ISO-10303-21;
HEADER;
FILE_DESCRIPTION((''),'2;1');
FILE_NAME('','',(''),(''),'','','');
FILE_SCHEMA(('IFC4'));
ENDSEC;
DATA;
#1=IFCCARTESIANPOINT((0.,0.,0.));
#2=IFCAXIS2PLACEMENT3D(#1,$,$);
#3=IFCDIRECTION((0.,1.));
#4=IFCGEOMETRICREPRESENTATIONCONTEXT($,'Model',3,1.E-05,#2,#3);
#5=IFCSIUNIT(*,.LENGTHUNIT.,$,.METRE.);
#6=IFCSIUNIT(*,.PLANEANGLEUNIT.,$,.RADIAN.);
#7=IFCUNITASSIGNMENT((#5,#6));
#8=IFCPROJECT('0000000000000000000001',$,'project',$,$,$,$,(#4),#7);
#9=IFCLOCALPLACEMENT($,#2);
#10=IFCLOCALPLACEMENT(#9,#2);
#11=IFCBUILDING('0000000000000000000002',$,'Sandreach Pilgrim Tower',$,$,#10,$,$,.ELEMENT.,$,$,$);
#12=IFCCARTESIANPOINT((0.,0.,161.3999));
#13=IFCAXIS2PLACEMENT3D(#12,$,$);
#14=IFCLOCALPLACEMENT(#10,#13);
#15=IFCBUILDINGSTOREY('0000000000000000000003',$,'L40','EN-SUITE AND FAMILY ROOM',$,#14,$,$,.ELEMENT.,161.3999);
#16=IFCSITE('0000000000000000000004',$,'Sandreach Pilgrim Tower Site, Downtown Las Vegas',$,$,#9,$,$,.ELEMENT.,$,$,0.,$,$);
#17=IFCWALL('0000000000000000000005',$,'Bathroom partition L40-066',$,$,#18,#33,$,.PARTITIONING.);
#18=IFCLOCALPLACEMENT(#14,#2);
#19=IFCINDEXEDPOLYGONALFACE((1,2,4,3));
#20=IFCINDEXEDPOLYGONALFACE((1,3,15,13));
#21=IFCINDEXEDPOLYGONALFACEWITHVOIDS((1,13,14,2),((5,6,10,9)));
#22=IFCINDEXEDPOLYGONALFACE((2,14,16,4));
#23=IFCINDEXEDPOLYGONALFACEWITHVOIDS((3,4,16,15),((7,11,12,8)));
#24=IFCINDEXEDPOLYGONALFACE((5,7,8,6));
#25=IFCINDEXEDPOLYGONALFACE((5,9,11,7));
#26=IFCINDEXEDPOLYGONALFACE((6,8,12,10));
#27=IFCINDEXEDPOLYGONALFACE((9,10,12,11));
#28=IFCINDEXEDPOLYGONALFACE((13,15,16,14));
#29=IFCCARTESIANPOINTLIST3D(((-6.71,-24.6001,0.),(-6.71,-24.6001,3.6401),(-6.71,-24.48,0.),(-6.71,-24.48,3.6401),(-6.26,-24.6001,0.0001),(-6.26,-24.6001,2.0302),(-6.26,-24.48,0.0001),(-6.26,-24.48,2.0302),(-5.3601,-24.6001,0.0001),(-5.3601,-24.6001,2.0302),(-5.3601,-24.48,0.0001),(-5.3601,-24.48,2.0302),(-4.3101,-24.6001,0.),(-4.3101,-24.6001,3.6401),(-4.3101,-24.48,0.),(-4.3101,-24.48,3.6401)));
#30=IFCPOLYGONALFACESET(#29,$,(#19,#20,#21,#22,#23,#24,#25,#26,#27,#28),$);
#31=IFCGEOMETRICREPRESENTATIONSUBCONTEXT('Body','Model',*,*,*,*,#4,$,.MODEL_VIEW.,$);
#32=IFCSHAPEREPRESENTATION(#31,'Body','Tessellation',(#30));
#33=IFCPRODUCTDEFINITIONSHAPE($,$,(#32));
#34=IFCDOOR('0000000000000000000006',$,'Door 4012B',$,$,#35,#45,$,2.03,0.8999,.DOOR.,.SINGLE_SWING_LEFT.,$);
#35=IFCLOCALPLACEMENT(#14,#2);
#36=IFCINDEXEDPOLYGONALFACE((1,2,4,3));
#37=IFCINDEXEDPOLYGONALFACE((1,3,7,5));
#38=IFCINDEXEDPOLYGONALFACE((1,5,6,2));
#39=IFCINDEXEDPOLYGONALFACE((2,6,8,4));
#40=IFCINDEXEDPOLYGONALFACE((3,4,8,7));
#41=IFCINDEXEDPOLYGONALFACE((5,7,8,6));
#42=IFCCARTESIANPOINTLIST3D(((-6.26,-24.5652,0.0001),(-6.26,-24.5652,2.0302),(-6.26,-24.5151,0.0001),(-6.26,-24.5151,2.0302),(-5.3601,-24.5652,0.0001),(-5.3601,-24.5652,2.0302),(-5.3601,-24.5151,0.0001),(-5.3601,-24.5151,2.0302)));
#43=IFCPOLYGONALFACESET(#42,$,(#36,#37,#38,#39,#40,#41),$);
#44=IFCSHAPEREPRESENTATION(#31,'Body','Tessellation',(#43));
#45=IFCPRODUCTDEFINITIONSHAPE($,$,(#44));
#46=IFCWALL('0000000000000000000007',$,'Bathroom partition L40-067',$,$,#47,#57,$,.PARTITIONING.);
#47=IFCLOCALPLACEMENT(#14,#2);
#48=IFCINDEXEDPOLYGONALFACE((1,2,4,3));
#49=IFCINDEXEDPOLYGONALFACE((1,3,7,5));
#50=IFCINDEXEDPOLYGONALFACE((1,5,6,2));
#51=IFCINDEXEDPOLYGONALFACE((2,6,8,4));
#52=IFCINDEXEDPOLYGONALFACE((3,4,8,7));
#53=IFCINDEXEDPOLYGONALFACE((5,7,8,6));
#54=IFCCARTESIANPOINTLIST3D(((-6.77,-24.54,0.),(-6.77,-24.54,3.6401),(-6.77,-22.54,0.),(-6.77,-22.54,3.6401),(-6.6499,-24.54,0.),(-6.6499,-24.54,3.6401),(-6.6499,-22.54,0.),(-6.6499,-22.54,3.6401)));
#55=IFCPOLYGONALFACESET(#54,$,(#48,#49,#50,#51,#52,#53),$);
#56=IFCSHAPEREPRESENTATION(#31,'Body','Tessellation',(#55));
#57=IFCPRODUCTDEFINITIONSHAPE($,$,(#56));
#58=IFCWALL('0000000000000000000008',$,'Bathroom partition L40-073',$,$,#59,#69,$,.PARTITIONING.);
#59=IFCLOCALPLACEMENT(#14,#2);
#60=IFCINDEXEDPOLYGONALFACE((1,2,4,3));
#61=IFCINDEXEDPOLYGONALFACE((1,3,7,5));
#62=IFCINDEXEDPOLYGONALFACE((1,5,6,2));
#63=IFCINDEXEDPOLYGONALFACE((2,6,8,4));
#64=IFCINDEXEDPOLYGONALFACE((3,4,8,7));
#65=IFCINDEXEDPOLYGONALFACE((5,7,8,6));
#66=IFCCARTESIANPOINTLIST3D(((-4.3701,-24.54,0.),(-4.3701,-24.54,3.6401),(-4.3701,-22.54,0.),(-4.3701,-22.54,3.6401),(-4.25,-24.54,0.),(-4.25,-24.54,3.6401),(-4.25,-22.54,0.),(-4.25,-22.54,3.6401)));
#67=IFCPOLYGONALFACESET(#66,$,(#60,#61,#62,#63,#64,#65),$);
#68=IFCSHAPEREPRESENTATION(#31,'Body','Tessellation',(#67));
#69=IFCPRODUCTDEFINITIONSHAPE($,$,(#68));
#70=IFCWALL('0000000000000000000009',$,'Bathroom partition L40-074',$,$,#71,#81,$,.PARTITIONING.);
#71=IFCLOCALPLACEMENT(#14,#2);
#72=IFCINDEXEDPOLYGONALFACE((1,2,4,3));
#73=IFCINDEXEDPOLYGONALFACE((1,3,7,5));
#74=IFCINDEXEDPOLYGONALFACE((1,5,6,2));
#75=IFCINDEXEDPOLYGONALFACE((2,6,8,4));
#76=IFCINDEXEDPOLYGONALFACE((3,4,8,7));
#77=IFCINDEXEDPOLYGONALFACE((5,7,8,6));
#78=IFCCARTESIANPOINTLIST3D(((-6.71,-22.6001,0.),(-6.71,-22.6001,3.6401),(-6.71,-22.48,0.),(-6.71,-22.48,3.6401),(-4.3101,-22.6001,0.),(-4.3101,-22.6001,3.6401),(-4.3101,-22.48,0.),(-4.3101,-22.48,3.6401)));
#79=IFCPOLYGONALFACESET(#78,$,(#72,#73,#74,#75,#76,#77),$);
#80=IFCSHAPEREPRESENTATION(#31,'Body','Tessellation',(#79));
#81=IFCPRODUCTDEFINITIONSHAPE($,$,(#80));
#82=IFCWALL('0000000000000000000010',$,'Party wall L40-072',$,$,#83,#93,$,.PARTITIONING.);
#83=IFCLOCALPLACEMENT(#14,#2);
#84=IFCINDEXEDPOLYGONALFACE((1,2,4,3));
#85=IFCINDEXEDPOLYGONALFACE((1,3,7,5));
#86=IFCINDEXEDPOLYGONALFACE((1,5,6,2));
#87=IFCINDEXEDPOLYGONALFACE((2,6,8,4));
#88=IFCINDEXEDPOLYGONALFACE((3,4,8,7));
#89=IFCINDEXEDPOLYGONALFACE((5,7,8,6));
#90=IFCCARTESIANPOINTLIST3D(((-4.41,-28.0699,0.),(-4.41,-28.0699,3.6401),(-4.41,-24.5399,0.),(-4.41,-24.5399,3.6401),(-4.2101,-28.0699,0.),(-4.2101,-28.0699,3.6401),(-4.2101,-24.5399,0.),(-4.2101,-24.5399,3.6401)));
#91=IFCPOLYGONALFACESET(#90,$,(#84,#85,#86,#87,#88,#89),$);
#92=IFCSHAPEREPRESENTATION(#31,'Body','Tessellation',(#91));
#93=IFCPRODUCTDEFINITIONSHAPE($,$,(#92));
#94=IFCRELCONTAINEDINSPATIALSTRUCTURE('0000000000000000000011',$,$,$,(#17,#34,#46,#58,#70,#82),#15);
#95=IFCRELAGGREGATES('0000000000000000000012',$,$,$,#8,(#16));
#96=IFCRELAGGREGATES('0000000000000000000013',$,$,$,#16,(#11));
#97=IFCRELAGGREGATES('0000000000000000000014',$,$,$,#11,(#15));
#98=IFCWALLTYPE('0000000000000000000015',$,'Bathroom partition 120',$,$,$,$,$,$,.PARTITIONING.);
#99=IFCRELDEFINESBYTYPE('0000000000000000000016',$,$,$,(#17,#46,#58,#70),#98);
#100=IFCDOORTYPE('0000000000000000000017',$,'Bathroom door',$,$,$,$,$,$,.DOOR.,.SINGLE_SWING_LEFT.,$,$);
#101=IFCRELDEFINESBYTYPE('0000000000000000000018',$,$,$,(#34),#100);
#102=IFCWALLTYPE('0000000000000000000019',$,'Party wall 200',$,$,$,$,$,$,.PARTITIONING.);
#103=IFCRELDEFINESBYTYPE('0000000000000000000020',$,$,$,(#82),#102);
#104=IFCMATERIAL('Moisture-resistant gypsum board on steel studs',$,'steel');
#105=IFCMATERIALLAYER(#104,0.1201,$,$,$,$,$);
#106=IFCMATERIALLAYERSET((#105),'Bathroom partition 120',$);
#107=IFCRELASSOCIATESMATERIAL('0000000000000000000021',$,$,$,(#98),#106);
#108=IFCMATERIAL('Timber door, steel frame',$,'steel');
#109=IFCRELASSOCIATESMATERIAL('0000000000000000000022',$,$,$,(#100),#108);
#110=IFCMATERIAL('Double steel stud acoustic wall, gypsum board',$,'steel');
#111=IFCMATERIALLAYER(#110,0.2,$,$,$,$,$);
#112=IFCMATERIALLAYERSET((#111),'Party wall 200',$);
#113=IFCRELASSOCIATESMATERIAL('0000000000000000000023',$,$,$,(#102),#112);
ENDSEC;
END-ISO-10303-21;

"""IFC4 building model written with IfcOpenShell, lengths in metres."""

from ifc_helpers import new_model, si_unit, direction, frame, frame_2d, origin, place, context, subcontext, project, spatial, rectangle, extrude, material, layer, layer_set, type_object, element, fill, save


model = new_model("IFC4")

# Units and contexts
model_context = context("Model", 3, precision=1e-05, world=origin(), true_north=direction((0.0, 1.0)))
body_context = subcontext(model_context, "Body", "Model", "MODEL_VIEW")
ifc_project = project(units=[si_unit("LENGTHUNIT", "METRE"), si_unit("PLANEANGLEUNIT", "RADIAN")], contexts=[model_context])

# Site, building, storey
site_placement = place(None, origin())
site = spatial("IfcSite", under=ifc_project, at=site_placement, Name="Sandreach Pilgrim Tower Site, Downtown Las Vegas", CompositionType="ELEMENT", RefElevation=0.0)
building_placement = place(site_placement, origin())
building = spatial("IfcBuilding", under=site, at=building_placement, Name="Sandreach Pilgrim Tower", CompositionType="ELEMENT")
storey_placement = place(building_placement, frame((0.0, 0.0, 161.3999)))
storey = spatial("IfcBuildingStorey", under=building, at=storey_placement, Name="L40", Description="EN-SUITE AND FAMILY ROOM", CompositionType="ELEMENT", Elevation=161.3999)

# Wall, opening, door
ifc_material_1 = material(Name="Moisture-resistant gypsum board on steel studs", Category="steel")
ifc_layer_1 = layer(ifc_material_1, 0.1201)
ifc_layer_set_1 = layer_set([ifc_layer_1], Name="Bathroom partition 120")
wall_type_1 = type_object("IfcWallType", Name="Bathroom partition 120", PredefinedType="PARTITIONING", material=ifc_layer_set_1)
wall_1_placement = place(storey_placement, frame((-6.71, -24.54, 0.0), z_axis=(0.0, 0.0, 1.0), x_axis=(1.0, 0.0, 0.0)))
wall_1 = element("IfcWall", 1, at=wall_1_placement, inside=storey, type_object=wall_type_1, Name="Bathroom partition L40-066", PredefinedType="PARTITIONING", context=body_context, shape_type="SweptSolid", body=[
    extrude(rectangle(XDim=2.3999, YDim=0.1201, at=frame_2d((1.2, 0.0))), origin(), (0.0, 0.0, 1.0), 3.6401),
])
opening_placement = place(wall_1_placement, frame((0.45, 0.0, 0.0)))
opening = element("IfcOpeningElement", 2, at=opening_placement, cuts=wall_1, PredefinedType="OPENING", context=body_context, shape_type="SweptSolid", body=[
    extrude(rectangle(XDim=0.8999, YDim=2.03, at=frame_2d((0.45, 1.0151))), frame((0.0, 0.0601, 0.0), z_axis=(0.0, -1.0, 0.0), x_axis=(1.0, 0.0, 0.0)), (0.0, 0.0, 1.0), 0.1201),
])
ifc_material_2 = material(Name="Timber door, steel frame", Category="steel")
door_type = type_object("IfcDoorType", Name="Bathroom door", OperationType="SINGLE_SWING_LEFT", PredefinedType="DOOR", material=ifc_material_2)
door_placement = place(opening_placement, origin())
door = element("IfcDoor", 3, at=door_placement, inside=storey, type_object=door_type, Name="Door 4012B", OperationType="SINGLE_SWING_LEFT", OverallHeight=2.03, OverallWidth=0.8999, PredefinedType="DOOR", context=body_context, shape_type="SweptSolid", body=[
    extrude(rectangle(XDim=0.8999, YDim=2.03, at=frame_2d((0.45, 1.0151))), frame((0.0, 0.0249, 0.0), z_axis=(0.0, -1.0, 0.0), x_axis=(1.0, 0.0, 0.0)), (0.0, 0.0, 1.0), 0.05),
])
fill(opening, door)

# Walls
for number, where, z_axis, x_axis, name in (
    (4, (-6.71, -22.54, 0.0), (0.0, 0.0, 1.0), (0.0, -1.0, 0.0), "Bathroom partition L40-067"),
    (5, (-4.3101, -24.54, 0.0), (0.0, 0.0, 1.0), (0.0, 1.0, 0.0), "Bathroom partition L40-073"),
):
    element("IfcWall", number, at=place(storey_placement, frame(where, z_axis=z_axis, x_axis=x_axis)), inside=storey, type_object=wall_type_1, Name=name, PredefinedType="PARTITIONING", context=body_context, shape_type="SweptSolid", body=[
        extrude(rectangle(XDim=2.0, YDim=0.1201, at=frame_2d((1.0, 0.0))), origin(), (0.0, 0.0, 1.0), 3.6401),
    ])
wall_2_placement = place(storey_placement, frame((-4.3101, -22.54, 0.0), z_axis=(0.0, 0.0, 1.0), x_axis=(-1.0, 0.0, 0.0)))
element("IfcWall", 6, at=wall_2_placement, inside=storey, type_object=wall_type_1, Name="Bathroom partition L40-074", PredefinedType="PARTITIONING", context=body_context, shape_type="SweptSolid", body=[
    extrude(rectangle(XDim=2.3999, YDim=0.1201, at=frame_2d((1.2, 0.0))), origin(), (0.0, 0.0, 1.0), 3.6401),
])
ifc_material_3 = material(Name="Double steel stud acoustic wall, gypsum board", Category="steel")
ifc_layer_2 = layer(ifc_material_3, 0.2)
ifc_layer_set_2 = layer_set([ifc_layer_2], Name="Party wall 200")
wall_type_2 = type_object("IfcWallType", Name="Party wall 200", PredefinedType="PARTITIONING", material=ifc_layer_set_2)
wall_3_placement = place(storey_placement, frame((-4.3101, -28.0701, 0.0), z_axis=(0.0, 0.0, 1.0), x_axis=(0.0, 1.0, 0.0)))
element("IfcWall", 7, at=wall_3_placement, inside=storey, type_object=wall_type_2, Name="Party wall L40-072", PredefinedType="PARTITIONING", context=body_context, shape_type="SweptSolid", body=[
    extrude(rectangle(XDim=3.53, YDim=0.2, at=frame_2d((1.7651, 0.0))), origin(), (0.0, 0.0, 1.0), 3.6401),
])

save(model, "model.ifc")
